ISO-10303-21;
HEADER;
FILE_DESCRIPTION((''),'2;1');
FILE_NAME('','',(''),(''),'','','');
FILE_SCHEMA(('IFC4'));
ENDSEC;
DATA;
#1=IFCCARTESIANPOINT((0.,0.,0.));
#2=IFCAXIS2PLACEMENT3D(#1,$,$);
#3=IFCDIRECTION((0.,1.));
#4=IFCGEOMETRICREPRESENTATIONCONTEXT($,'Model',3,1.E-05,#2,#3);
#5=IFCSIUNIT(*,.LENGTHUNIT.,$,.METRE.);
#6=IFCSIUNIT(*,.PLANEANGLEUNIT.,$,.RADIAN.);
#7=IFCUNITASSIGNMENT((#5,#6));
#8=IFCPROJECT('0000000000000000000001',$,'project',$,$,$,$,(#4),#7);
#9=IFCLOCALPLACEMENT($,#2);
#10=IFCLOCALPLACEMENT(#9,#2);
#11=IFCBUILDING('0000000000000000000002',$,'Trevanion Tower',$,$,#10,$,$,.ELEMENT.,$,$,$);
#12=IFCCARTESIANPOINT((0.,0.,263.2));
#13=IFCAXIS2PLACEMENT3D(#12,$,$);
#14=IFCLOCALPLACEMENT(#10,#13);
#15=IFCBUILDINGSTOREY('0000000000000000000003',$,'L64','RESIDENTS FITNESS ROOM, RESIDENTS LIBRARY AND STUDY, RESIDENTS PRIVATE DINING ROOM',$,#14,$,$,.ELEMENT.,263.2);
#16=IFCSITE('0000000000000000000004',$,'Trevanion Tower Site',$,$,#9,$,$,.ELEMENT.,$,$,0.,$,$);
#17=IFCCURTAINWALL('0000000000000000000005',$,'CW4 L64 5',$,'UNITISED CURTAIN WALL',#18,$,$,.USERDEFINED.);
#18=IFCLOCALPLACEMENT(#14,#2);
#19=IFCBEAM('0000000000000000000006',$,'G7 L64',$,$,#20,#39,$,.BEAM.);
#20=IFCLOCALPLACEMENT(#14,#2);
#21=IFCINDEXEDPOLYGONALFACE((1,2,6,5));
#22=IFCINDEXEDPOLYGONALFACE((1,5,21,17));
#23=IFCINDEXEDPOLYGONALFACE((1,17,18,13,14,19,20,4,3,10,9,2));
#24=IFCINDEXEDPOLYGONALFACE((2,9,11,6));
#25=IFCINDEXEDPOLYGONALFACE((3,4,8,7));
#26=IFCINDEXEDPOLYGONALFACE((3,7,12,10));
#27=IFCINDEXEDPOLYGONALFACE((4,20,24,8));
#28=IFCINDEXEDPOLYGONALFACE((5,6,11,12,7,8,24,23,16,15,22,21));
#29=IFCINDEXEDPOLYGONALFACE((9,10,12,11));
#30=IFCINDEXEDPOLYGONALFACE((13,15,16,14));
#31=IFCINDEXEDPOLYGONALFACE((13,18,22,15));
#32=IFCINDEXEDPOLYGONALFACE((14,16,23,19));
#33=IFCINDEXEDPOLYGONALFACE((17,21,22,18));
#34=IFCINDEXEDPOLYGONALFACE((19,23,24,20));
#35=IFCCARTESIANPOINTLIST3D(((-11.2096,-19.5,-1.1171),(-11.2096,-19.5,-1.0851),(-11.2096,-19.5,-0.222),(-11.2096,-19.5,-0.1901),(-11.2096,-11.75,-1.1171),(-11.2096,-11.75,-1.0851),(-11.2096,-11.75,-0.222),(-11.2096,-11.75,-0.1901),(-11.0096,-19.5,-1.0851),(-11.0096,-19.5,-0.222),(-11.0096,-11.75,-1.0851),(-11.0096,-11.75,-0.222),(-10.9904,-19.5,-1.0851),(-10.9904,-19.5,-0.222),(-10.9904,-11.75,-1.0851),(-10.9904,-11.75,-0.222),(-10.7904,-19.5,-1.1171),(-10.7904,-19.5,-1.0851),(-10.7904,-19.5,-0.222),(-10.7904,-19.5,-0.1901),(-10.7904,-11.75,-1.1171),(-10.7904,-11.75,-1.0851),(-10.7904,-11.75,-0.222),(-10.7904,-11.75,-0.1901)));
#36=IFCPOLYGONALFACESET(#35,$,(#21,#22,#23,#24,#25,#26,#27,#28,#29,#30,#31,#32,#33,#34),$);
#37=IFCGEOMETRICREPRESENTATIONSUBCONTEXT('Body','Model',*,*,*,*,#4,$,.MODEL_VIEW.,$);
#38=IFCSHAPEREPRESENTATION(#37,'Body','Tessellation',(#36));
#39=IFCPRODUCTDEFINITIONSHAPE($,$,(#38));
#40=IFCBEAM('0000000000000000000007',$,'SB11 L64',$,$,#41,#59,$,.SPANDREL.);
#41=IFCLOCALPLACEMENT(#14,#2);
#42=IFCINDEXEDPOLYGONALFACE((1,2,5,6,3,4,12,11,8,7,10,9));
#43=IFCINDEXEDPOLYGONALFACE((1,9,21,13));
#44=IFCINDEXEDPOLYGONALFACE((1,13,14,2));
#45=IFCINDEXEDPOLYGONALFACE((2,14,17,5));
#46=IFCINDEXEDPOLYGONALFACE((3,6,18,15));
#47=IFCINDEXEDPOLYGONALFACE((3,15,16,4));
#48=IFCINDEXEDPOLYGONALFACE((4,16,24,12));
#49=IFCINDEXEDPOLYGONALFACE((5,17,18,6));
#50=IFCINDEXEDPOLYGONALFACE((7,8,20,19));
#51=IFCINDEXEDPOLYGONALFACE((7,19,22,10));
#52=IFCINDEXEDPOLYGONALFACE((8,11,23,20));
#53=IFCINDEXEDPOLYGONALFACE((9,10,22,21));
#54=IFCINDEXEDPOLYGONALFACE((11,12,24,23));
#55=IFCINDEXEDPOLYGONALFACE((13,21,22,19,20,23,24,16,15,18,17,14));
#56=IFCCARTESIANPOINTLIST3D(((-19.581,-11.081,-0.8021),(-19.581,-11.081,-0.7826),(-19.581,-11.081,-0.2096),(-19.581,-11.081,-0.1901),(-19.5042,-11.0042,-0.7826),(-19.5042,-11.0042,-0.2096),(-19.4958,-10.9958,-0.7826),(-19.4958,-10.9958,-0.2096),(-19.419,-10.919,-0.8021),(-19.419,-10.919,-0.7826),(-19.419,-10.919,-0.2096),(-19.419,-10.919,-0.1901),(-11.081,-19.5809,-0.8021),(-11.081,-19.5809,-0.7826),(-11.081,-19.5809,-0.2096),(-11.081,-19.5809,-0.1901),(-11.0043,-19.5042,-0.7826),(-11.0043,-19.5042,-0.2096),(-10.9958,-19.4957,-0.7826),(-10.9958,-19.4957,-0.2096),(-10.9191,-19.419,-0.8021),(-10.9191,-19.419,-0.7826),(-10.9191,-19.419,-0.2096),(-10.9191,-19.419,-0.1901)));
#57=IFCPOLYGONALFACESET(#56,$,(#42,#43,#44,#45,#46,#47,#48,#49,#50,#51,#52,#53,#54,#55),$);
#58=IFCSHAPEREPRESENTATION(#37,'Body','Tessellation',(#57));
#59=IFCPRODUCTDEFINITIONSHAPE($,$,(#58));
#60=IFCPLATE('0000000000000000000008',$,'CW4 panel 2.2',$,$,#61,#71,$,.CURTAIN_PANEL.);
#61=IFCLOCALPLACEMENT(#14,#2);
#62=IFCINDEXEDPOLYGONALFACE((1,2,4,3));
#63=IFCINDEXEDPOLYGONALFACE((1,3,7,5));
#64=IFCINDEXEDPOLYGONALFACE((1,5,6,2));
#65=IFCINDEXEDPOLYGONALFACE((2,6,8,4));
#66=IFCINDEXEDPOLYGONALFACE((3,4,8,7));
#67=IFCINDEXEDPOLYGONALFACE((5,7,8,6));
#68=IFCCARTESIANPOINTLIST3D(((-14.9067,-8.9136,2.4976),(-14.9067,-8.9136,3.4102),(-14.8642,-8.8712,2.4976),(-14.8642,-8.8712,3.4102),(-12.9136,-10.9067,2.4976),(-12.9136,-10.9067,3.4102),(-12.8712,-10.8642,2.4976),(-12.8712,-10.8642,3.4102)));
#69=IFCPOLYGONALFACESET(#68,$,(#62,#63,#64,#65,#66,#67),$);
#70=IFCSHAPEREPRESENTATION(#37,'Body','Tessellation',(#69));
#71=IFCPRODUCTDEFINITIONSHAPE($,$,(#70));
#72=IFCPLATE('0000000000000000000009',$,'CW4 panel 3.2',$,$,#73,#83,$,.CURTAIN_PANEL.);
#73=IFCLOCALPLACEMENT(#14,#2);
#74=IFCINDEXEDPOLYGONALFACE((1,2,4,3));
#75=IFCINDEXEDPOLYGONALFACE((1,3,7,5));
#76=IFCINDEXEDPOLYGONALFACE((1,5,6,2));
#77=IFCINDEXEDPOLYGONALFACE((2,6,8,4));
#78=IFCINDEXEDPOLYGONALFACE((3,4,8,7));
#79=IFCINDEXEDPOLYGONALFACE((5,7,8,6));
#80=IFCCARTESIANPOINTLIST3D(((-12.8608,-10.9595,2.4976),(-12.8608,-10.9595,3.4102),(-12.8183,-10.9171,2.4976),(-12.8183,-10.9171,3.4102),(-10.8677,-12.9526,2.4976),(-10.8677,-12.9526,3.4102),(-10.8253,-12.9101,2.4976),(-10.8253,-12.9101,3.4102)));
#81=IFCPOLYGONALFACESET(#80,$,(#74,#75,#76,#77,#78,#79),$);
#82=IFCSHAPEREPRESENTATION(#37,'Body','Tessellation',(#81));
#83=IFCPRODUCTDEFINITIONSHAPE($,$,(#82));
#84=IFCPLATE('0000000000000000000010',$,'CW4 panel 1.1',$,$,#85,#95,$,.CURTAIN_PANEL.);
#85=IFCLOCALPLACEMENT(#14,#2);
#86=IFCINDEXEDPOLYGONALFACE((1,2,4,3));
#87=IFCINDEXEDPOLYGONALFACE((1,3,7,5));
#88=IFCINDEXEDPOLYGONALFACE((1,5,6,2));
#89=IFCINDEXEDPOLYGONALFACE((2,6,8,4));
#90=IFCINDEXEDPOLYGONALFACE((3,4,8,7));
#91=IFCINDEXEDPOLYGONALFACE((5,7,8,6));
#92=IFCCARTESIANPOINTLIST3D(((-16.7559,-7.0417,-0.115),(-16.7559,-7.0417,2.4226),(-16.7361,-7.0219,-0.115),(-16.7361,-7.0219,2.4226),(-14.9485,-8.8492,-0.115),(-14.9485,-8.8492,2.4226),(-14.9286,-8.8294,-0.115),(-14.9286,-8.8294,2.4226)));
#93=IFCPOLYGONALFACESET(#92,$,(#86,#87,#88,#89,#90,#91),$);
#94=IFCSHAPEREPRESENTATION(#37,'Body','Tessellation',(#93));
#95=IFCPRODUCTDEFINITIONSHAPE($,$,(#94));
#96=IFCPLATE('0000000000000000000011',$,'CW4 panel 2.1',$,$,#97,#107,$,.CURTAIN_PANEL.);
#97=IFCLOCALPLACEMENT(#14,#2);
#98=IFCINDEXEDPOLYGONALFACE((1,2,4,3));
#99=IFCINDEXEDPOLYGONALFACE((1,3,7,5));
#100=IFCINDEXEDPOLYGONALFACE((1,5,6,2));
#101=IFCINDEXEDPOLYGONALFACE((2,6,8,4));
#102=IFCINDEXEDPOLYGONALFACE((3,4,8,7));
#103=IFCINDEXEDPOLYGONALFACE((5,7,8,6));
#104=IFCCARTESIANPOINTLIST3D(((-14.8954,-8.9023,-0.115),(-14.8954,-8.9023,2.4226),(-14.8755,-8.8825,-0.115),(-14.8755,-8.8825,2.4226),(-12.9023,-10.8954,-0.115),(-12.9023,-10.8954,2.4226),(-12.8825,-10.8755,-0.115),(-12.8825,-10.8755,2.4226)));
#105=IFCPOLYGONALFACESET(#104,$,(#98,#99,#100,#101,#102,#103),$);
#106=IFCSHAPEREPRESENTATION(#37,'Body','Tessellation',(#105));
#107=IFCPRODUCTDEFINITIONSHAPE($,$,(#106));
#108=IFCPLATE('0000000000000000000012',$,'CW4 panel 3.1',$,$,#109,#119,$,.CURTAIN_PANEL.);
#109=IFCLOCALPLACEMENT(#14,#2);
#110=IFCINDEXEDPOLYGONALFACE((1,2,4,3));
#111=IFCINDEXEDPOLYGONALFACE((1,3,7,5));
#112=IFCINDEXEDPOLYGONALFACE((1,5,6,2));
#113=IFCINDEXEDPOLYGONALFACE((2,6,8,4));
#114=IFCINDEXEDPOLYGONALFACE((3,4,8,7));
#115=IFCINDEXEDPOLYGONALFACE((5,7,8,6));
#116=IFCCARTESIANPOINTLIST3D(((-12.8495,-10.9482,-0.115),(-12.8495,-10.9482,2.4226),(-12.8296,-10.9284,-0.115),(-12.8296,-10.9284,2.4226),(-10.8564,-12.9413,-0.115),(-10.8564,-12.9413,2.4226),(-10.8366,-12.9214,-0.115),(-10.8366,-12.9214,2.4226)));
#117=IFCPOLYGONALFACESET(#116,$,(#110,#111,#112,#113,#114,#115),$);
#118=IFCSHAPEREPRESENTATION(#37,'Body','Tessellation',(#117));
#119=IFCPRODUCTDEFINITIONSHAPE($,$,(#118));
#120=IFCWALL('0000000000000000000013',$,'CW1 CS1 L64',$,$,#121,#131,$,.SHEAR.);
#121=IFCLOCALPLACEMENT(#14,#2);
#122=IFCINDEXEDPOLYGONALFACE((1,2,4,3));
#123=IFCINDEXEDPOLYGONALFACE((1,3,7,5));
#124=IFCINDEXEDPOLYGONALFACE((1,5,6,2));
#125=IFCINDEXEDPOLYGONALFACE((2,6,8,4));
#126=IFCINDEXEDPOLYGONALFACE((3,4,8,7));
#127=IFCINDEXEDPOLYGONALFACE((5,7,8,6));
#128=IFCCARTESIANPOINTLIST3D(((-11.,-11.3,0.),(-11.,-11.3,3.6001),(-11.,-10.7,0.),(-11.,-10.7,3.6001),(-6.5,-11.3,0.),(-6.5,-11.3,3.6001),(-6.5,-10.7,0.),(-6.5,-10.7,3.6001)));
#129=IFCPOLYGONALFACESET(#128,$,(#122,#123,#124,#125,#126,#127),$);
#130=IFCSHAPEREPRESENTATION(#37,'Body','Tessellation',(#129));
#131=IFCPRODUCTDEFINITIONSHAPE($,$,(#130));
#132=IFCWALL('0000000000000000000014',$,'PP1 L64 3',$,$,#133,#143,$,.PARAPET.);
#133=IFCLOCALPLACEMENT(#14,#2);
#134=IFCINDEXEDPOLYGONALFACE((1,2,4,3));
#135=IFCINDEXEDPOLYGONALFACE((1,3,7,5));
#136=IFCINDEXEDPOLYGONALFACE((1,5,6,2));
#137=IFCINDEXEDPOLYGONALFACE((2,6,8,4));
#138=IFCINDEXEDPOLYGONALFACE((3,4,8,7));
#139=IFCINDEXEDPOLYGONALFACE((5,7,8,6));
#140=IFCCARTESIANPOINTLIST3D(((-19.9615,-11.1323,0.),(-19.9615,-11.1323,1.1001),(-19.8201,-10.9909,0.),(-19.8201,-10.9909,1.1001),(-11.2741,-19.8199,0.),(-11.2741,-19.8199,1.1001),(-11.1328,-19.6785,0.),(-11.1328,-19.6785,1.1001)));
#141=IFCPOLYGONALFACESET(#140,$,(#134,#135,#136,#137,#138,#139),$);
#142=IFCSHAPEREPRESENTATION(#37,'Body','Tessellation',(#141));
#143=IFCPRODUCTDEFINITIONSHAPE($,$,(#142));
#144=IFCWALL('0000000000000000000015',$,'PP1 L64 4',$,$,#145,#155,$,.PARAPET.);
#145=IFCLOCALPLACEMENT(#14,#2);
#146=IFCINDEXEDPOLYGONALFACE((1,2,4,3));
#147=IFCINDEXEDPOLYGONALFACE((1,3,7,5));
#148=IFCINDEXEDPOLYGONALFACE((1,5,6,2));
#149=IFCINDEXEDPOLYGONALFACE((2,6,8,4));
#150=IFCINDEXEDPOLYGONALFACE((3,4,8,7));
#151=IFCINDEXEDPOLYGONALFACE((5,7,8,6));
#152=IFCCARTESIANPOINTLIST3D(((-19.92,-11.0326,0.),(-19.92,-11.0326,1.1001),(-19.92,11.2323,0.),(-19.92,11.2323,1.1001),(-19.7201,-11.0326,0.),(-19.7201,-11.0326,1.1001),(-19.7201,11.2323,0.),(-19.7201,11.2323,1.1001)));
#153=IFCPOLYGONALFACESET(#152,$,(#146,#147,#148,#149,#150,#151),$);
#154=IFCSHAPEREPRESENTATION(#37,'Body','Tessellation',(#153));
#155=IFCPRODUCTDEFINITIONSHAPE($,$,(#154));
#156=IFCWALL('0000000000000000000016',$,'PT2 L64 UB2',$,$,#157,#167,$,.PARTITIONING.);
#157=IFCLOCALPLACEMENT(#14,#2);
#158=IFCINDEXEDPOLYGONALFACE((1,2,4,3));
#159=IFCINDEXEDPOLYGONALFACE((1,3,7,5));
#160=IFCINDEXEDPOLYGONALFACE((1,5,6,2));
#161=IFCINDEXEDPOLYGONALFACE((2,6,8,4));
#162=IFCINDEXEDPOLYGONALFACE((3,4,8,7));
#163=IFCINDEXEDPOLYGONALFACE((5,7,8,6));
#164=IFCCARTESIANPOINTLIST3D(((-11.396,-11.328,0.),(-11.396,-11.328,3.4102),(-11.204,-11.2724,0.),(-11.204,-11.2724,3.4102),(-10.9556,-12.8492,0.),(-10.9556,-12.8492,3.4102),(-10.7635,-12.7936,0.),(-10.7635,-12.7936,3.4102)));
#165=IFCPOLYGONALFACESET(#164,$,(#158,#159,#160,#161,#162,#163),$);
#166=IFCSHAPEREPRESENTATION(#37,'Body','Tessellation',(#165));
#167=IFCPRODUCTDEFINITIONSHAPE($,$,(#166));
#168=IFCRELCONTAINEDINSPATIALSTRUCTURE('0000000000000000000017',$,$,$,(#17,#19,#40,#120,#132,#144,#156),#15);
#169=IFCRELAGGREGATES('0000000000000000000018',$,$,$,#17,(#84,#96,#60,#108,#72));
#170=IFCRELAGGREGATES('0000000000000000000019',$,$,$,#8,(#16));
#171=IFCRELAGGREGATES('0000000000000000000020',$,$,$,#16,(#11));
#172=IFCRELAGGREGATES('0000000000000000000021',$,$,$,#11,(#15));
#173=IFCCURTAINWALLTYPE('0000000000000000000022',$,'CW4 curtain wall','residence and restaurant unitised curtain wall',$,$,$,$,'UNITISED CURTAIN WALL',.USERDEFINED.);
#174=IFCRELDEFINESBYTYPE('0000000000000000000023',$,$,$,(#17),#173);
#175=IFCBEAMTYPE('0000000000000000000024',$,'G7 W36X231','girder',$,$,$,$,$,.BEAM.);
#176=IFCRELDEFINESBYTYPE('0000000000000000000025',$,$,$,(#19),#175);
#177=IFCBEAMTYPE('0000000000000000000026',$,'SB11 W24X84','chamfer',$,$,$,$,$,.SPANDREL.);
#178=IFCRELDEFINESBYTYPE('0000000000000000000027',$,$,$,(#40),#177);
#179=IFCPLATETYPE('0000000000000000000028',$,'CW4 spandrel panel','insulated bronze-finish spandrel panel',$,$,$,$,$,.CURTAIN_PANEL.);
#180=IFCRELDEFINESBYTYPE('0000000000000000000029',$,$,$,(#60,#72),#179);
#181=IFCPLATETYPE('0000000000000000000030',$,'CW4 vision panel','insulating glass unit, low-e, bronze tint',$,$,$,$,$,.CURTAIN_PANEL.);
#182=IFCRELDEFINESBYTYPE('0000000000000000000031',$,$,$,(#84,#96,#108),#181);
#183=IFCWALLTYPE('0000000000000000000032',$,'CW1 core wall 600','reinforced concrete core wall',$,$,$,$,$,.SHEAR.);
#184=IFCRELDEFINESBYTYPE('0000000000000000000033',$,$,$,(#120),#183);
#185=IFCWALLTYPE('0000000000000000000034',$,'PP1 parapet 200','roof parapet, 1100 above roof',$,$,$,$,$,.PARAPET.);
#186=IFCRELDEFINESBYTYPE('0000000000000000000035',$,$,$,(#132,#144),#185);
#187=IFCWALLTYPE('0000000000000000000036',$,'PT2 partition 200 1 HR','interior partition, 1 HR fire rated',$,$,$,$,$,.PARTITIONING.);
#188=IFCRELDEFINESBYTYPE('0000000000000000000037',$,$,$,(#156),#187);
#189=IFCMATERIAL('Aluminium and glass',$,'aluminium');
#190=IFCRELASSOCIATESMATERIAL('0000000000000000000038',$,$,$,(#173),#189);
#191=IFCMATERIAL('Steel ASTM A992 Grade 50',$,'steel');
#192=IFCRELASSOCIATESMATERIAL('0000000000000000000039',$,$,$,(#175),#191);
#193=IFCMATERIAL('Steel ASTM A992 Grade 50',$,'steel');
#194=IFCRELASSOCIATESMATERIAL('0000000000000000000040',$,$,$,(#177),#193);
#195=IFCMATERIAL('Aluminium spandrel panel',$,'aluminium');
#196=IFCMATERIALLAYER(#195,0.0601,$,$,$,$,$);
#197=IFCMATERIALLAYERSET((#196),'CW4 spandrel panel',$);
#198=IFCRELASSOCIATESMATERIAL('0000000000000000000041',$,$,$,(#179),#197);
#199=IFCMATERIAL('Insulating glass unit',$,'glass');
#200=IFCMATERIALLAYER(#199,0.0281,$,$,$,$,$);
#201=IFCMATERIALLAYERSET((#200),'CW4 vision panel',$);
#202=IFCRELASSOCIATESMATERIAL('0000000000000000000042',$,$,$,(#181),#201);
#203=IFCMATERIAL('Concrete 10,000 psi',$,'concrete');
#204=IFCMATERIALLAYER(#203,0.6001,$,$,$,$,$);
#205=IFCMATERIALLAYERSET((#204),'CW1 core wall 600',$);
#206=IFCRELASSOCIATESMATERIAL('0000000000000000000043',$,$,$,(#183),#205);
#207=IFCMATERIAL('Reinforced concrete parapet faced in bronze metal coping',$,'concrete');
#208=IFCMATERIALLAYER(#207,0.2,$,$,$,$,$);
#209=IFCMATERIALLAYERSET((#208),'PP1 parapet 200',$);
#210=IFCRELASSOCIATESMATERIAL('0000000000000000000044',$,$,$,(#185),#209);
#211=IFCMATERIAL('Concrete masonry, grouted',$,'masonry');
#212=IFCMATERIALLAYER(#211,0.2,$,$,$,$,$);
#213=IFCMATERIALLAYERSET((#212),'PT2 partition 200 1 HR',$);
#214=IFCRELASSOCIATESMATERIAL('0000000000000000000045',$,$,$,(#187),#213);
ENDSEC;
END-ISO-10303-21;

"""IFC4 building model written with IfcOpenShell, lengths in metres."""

from ifc_helpers import new_model, si_unit, direction, frame, frame_2d, origin, origin_2d, place, context, subcontext, project, spatial, rectangle, i_section, extrude, material, layer, layer_set, material_profile, profile_set, type_object, element, aggregate, save


model = new_model("IFC4")

# Units and contexts
model_context = context("Model", 3, precision=1e-05, world=origin(), true_north=direction((0.0, 1.0)))
body_context = subcontext(model_context, "Body", "Model", "MODEL_VIEW")
ifc_project = project(units=[si_unit("LENGTHUNIT", "METRE"), si_unit("PLANEANGLEUNIT", "RADIAN")], contexts=[model_context])

# Site, building, storey
site_placement = place(None, origin())
site = spatial("IfcSite", under=ifc_project, at=site_placement, Name="Trevanion Tower Site", CompositionType="ELEMENT", RefElevation=0.0)
building_placement = place(site_placement, origin())
building = spatial("IfcBuilding", under=site, at=building_placement, Name="Trevanion Tower", CompositionType="ELEMENT")
storey_placement = place(building_placement, frame((0.0, 0.0, 263.2)))
storey = spatial("IfcBuildingStorey", under=building, at=storey_placement, Name="L64", Description="RESIDENTS FITNESS ROOM, RESIDENTS LIBRARY AND STUDY, RESIDENTS PRIVATE DINING ROOM", CompositionType="ELEMENT", Elevation=263.2)

# Curtain wall
ifc_material_1 = material(Name="Aluminium and glass", Category="aluminium")
curtain_wall_type = type_object("IfcCurtainWallType", Name="CW4 curtain wall", Description="residence and restaurant unitised curtain wall", ElementType="UNITISED CURTAIN WALL", PredefinedType="USERDEFINED", material=ifc_material_1)
curtain_wall_placement = place(storey_placement, origin())
curtain_wall = element("IfcCurtainWall", 1, at=curtain_wall_placement, inside=storey, type_object=curtain_wall_type, Name="CW4 L64 5", ObjectType="UNITISED CURTAIN WALL", PredefinedType="USERDEFINED")

# Beams
ifc_material_2 = material(Name="Steel ASTM A992 Grade 50", Category="steel")
ifc_material_profile_1 = material_profile(ifc_material_2, i_section(OverallWidth=0.4192, OverallDepth=0.927, WebThickness=0.0193, FlangeThickness=0.032, at=origin_2d()), Name="W36X231")
ifc_profile_set_1 = profile_set([ifc_material_profile_1], Name="Steel ASTM A992 Grade 50")
beam_type_1 = type_object("IfcBeamType", Name="G7 W36X231", Description="girder", PredefinedType="BEAM", material=ifc_profile_set_1)
for number, where, z_axis, x_axis, name in (
    (2, (-11.0, -11.75, -0.6536), (0.0, -1.0, 0.0), (1.0, 0.0, 0.0), "G7 L64"),
):
    element("IfcBeam", number, at=place(storey_placement, frame(where, z_axis=z_axis, x_axis=x_axis)), inside=storey, type_object=beam_type_1, Name=name, PredefinedType="BEAM", context=body_context, shape_type="SweptSolid", body=[
        extrude(i_section(OverallWidth=0.4192, OverallDepth=0.927, WebThickness=0.0193, FlangeThickness=0.032, at=origin_2d()), origin(), (0.0, 0.0, 1.0), 7.75),
    ])
ifc_material_3 = material(Name="Steel ASTM A992 Grade 50", Category="steel")
ifc_material_profile_2 = material_profile(ifc_material_3, i_section(OverallWidth=0.229, OverallDepth=0.6121, WebThickness=0.012, FlangeThickness=0.0195, at=origin_2d()), Name="W24X84")
ifc_profile_set_2 = profile_set([ifc_material_profile_2], Name="Steel ASTM A992 Grade 50")
beam_type_2 = type_object("IfcBeamType", Name="SB11 W24X84", Description="chamfer", PredefinedType="SPANDREL", material=ifc_profile_set_2)
beam_1_placement = place(storey_placement, frame((-19.5, -11.0, -0.4961), z_axis=(0.707107, -0.707107, 0.0), x_axis=(0.707107, 0.707107, 0.0)))
element("IfcBeam", 3, at=beam_1_placement, inside=storey, type_object=beam_type_2, Name="SB11 L64", PredefinedType="SPANDREL", context=body_context, shape_type="SweptSolid", body=[
    extrude(i_section(OverallWidth=0.229, OverallDepth=0.6121, WebThickness=0.012, FlangeThickness=0.0195, at=origin_2d()), origin(), (0.0, 0.0, 1.0), 12.0208),
])

# Plates
ifc_material_4 = material(Name="Aluminium spandrel panel", Category="aluminium")
ifc_layer_1 = layer(ifc_material_4, 0.0601)
ifc_layer_set_1 = layer_set([ifc_layer_1], Name="CW4 spandrel panel")
plate_type_1 = type_object("IfcPlateType", Name="CW4 spandrel panel", Description="insulated bronze-finish spandrel panel", PredefinedType="CURTAIN_PANEL", material=ifc_layer_set_1)
plate_1_placement = place(storey_placement, frame((-13.8889, -9.8889, 2.4976), z_axis=(0.0, 0.0, 1.0), x_axis=(0.707107, -0.707107, 0.0)))
plate_1 = element("IfcPlate", 4, at=plate_1_placement, type_object=plate_type_1, Name="CW4 panel 2.2", PredefinedType="CURTAIN_PANEL", context=body_context, shape_type="SweptSolid", body=[
    extrude(rectangle(XDim=2.8186, YDim=0.0601, at=origin_2d()), origin(), (0.0, 0.0, 1.0), 0.9126),
])
plate_2_placement = place(storey_placement, frame((-11.843, -11.9348, 2.4976), z_axis=(0.0, 0.0, 1.0), x_axis=(0.707107, -0.707107, 0.0)))
plate_2 = element("IfcPlate", 5, at=plate_2_placement, type_object=plate_type_1, Name="CW4 panel 3.2", PredefinedType="CURTAIN_PANEL", context=body_context, shape_type="SweptSolid", body=[
    extrude(rectangle(XDim=2.8186, YDim=0.0601, at=origin_2d()), origin(), (0.0, 0.0, 1.0), 0.9126),
])
ifc_material_5 = material(Name="Insulating glass unit", Category="glass")
ifc_layer_2 = layer(ifc_material_5, 0.0281)
ifc_layer_set_2 = layer_set([ifc_layer_2], Name="CW4 vision panel")
plate_type_2 = type_object("IfcPlateType", Name="CW4 vision panel", Description="insulating glass unit, low-e, bronze tint", PredefinedType="CURTAIN_PANEL", material=ifc_layer_set_2)
plate_3_placement = place(storey_placement, frame((-15.8423, -7.9355, -0.115), z_axis=(0.0, 0.0, 1.0), x_axis=(0.707107, -0.707107, 0.0)))
plate_3 = element("IfcPlate", 6, at=plate_3_placement, type_object=plate_type_2, Name="CW4 panel 1.1", PredefinedType="CURTAIN_PANEL", context=body_context, shape_type="SweptSolid", body=[
    extrude(rectangle(XDim=2.5562, YDim=0.0281, at=origin_2d()), origin(), (0.0, 0.0, 1.0), 2.5376),
])
plate_4_placement = place(storey_placement, frame((-13.8889, -9.8889, -0.115), z_axis=(0.0, 0.0, 1.0), x_axis=(0.707107, -0.707107, 0.0)))
plate_4 = element("IfcPlate", 7, at=plate_4_placement, type_object=plate_type_2, Name="CW4 panel 2.1", PredefinedType="CURTAIN_PANEL", context=body_context, shape_type="SweptSolid", body=[
    extrude(rectangle(XDim=2.8186, YDim=0.0281, at=origin_2d()), origin(), (0.0, 0.0, 1.0), 2.5376),
])
plate_5_placement = place(storey_placement, frame((-11.843, -11.9348, -0.115), z_axis=(0.0, 0.0, 1.0), x_axis=(0.707107, -0.707107, 0.0)))
plate_5 = element("IfcPlate", 8, at=plate_5_placement, type_object=plate_type_2, Name="CW4 panel 3.1", PredefinedType="CURTAIN_PANEL", context=body_context, shape_type="SweptSolid", body=[
    extrude(rectangle(XDim=2.8186, YDim=0.0281, at=origin_2d()), origin(), (0.0, 0.0, 1.0), 2.5376),
])
aggregate(curtain_wall, [plate_3, plate_4, plate_1, plate_5, plate_2])

# Walls
ifc_material_6 = material(Name="Concrete 10,000 psi", Category="concrete")
ifc_layer_3 = layer(ifc_material_6, 0.6001)
ifc_layer_set_3 = layer_set([ifc_layer_3], Name="CW1 core wall 600")
wall_type_1 = type_object("IfcWallType", Name="CW1 core wall 600", Description="reinforced concrete core wall", PredefinedType="SHEAR", material=ifc_layer_set_3)
wall_1_placement = place(storey_placement, frame((-11.0, -11.0, 0.0), z_axis=(0.0, 0.0, 1.0), x_axis=(1.0, 0.0, 0.0)))
element("IfcWall", 9, at=wall_1_placement, inside=storey, type_object=wall_type_1, Name="CW1 CS1 L64", PredefinedType="SHEAR", context=body_context, shape_type="SweptSolid", body=[
    extrude(rectangle(XDim=4.5, YDim=0.6001, at=frame_2d((2.25, 0.0))), origin(), (0.0, 0.0, 1.0), 3.6001),
])
ifc_material_7 = material(Name="Reinforced concrete parapet faced in bronze metal coping", Category="concrete")
ifc_layer_4 = layer(ifc_material_7, 0.2)
ifc_layer_set_4 = layer_set([ifc_layer_4], Name="PP1 parapet 200")
wall_type_2 = type_object("IfcWallType", Name="PP1 parapet 200", Description="roof parapet, 1100 above roof", PredefinedType="PARAPET", material=ifc_layer_set_4)
wall_2_placement = place(storey_placement, frame((-11.2034, -19.7493, 0.0), z_axis=(0.0, 0.0, 1.0), x_axis=(-0.707097, 0.707117, 0.0)))
element("IfcWall", 10, at=wall_2_placement, inside=storey, type_object=wall_type_2, Name="PP1 L64 3", PredefinedType="PARAPET", context=body_context, shape_type="SweptSolid", body=[
    extrude(rectangle(XDim=12.2859, YDim=0.2, at=frame_2d((6.1431, 0.0))), origin(), (0.0, 0.0, 1.0), 1.1001),
])
wall_3_placement = place(storey_placement, frame((-19.8201, -11.0325, 0.0), z_axis=(0.0, 0.0, 1.0), x_axis=(0.0, 1.0, 0.0)))
element("IfcWall", 11, at=wall_3_placement, inside=storey, type_object=wall_type_2, Name="PP1 L64 4", PredefinedType="PARAPET", context=body_context, shape_type="SweptSolid", body=[
    extrude(rectangle(XDim=22.2649, YDim=0.2, at=frame_2d((11.1323, 0.0))), origin(), (0.0, 0.0, 1.0), 1.1001),
])
ifc_material_8 = material(Name="Concrete masonry, grouted", Category="masonry")
ifc_layer_5 = layer(ifc_material_8, 0.2)
ifc_layer_set_5 = layer_set([ifc_layer_5], Name="PT2 partition 200 1 HR")
wall_type_3 = type_object("IfcWallType", Name="PT2 partition 200 1 HR", Description="interior partition, 1 HR fire rated", PredefinedType="PARTITIONING", material=ifc_layer_set_5)
wall_4_placement = place(storey_placement, frame((-11.3, -11.3, 0.0), z_axis=(0.0, 0.0, 1.0), x_axis=(0.278099, -0.960552, 0.0)))
element("IfcWall", 12, at=wall_4_placement, inside=storey, type_object=wall_type_3, Name="PT2 L64 UB2", PredefinedType="PARTITIONING", context=body_context, shape_type="SweptSolid", body=[
    extrude(rectangle(XDim=1.5837, YDim=0.2, at=frame_2d((0.792, 0.0))), origin(), (0.0, 0.0, 1.0), 3.4102),
])

save(model, "model.ifc")
